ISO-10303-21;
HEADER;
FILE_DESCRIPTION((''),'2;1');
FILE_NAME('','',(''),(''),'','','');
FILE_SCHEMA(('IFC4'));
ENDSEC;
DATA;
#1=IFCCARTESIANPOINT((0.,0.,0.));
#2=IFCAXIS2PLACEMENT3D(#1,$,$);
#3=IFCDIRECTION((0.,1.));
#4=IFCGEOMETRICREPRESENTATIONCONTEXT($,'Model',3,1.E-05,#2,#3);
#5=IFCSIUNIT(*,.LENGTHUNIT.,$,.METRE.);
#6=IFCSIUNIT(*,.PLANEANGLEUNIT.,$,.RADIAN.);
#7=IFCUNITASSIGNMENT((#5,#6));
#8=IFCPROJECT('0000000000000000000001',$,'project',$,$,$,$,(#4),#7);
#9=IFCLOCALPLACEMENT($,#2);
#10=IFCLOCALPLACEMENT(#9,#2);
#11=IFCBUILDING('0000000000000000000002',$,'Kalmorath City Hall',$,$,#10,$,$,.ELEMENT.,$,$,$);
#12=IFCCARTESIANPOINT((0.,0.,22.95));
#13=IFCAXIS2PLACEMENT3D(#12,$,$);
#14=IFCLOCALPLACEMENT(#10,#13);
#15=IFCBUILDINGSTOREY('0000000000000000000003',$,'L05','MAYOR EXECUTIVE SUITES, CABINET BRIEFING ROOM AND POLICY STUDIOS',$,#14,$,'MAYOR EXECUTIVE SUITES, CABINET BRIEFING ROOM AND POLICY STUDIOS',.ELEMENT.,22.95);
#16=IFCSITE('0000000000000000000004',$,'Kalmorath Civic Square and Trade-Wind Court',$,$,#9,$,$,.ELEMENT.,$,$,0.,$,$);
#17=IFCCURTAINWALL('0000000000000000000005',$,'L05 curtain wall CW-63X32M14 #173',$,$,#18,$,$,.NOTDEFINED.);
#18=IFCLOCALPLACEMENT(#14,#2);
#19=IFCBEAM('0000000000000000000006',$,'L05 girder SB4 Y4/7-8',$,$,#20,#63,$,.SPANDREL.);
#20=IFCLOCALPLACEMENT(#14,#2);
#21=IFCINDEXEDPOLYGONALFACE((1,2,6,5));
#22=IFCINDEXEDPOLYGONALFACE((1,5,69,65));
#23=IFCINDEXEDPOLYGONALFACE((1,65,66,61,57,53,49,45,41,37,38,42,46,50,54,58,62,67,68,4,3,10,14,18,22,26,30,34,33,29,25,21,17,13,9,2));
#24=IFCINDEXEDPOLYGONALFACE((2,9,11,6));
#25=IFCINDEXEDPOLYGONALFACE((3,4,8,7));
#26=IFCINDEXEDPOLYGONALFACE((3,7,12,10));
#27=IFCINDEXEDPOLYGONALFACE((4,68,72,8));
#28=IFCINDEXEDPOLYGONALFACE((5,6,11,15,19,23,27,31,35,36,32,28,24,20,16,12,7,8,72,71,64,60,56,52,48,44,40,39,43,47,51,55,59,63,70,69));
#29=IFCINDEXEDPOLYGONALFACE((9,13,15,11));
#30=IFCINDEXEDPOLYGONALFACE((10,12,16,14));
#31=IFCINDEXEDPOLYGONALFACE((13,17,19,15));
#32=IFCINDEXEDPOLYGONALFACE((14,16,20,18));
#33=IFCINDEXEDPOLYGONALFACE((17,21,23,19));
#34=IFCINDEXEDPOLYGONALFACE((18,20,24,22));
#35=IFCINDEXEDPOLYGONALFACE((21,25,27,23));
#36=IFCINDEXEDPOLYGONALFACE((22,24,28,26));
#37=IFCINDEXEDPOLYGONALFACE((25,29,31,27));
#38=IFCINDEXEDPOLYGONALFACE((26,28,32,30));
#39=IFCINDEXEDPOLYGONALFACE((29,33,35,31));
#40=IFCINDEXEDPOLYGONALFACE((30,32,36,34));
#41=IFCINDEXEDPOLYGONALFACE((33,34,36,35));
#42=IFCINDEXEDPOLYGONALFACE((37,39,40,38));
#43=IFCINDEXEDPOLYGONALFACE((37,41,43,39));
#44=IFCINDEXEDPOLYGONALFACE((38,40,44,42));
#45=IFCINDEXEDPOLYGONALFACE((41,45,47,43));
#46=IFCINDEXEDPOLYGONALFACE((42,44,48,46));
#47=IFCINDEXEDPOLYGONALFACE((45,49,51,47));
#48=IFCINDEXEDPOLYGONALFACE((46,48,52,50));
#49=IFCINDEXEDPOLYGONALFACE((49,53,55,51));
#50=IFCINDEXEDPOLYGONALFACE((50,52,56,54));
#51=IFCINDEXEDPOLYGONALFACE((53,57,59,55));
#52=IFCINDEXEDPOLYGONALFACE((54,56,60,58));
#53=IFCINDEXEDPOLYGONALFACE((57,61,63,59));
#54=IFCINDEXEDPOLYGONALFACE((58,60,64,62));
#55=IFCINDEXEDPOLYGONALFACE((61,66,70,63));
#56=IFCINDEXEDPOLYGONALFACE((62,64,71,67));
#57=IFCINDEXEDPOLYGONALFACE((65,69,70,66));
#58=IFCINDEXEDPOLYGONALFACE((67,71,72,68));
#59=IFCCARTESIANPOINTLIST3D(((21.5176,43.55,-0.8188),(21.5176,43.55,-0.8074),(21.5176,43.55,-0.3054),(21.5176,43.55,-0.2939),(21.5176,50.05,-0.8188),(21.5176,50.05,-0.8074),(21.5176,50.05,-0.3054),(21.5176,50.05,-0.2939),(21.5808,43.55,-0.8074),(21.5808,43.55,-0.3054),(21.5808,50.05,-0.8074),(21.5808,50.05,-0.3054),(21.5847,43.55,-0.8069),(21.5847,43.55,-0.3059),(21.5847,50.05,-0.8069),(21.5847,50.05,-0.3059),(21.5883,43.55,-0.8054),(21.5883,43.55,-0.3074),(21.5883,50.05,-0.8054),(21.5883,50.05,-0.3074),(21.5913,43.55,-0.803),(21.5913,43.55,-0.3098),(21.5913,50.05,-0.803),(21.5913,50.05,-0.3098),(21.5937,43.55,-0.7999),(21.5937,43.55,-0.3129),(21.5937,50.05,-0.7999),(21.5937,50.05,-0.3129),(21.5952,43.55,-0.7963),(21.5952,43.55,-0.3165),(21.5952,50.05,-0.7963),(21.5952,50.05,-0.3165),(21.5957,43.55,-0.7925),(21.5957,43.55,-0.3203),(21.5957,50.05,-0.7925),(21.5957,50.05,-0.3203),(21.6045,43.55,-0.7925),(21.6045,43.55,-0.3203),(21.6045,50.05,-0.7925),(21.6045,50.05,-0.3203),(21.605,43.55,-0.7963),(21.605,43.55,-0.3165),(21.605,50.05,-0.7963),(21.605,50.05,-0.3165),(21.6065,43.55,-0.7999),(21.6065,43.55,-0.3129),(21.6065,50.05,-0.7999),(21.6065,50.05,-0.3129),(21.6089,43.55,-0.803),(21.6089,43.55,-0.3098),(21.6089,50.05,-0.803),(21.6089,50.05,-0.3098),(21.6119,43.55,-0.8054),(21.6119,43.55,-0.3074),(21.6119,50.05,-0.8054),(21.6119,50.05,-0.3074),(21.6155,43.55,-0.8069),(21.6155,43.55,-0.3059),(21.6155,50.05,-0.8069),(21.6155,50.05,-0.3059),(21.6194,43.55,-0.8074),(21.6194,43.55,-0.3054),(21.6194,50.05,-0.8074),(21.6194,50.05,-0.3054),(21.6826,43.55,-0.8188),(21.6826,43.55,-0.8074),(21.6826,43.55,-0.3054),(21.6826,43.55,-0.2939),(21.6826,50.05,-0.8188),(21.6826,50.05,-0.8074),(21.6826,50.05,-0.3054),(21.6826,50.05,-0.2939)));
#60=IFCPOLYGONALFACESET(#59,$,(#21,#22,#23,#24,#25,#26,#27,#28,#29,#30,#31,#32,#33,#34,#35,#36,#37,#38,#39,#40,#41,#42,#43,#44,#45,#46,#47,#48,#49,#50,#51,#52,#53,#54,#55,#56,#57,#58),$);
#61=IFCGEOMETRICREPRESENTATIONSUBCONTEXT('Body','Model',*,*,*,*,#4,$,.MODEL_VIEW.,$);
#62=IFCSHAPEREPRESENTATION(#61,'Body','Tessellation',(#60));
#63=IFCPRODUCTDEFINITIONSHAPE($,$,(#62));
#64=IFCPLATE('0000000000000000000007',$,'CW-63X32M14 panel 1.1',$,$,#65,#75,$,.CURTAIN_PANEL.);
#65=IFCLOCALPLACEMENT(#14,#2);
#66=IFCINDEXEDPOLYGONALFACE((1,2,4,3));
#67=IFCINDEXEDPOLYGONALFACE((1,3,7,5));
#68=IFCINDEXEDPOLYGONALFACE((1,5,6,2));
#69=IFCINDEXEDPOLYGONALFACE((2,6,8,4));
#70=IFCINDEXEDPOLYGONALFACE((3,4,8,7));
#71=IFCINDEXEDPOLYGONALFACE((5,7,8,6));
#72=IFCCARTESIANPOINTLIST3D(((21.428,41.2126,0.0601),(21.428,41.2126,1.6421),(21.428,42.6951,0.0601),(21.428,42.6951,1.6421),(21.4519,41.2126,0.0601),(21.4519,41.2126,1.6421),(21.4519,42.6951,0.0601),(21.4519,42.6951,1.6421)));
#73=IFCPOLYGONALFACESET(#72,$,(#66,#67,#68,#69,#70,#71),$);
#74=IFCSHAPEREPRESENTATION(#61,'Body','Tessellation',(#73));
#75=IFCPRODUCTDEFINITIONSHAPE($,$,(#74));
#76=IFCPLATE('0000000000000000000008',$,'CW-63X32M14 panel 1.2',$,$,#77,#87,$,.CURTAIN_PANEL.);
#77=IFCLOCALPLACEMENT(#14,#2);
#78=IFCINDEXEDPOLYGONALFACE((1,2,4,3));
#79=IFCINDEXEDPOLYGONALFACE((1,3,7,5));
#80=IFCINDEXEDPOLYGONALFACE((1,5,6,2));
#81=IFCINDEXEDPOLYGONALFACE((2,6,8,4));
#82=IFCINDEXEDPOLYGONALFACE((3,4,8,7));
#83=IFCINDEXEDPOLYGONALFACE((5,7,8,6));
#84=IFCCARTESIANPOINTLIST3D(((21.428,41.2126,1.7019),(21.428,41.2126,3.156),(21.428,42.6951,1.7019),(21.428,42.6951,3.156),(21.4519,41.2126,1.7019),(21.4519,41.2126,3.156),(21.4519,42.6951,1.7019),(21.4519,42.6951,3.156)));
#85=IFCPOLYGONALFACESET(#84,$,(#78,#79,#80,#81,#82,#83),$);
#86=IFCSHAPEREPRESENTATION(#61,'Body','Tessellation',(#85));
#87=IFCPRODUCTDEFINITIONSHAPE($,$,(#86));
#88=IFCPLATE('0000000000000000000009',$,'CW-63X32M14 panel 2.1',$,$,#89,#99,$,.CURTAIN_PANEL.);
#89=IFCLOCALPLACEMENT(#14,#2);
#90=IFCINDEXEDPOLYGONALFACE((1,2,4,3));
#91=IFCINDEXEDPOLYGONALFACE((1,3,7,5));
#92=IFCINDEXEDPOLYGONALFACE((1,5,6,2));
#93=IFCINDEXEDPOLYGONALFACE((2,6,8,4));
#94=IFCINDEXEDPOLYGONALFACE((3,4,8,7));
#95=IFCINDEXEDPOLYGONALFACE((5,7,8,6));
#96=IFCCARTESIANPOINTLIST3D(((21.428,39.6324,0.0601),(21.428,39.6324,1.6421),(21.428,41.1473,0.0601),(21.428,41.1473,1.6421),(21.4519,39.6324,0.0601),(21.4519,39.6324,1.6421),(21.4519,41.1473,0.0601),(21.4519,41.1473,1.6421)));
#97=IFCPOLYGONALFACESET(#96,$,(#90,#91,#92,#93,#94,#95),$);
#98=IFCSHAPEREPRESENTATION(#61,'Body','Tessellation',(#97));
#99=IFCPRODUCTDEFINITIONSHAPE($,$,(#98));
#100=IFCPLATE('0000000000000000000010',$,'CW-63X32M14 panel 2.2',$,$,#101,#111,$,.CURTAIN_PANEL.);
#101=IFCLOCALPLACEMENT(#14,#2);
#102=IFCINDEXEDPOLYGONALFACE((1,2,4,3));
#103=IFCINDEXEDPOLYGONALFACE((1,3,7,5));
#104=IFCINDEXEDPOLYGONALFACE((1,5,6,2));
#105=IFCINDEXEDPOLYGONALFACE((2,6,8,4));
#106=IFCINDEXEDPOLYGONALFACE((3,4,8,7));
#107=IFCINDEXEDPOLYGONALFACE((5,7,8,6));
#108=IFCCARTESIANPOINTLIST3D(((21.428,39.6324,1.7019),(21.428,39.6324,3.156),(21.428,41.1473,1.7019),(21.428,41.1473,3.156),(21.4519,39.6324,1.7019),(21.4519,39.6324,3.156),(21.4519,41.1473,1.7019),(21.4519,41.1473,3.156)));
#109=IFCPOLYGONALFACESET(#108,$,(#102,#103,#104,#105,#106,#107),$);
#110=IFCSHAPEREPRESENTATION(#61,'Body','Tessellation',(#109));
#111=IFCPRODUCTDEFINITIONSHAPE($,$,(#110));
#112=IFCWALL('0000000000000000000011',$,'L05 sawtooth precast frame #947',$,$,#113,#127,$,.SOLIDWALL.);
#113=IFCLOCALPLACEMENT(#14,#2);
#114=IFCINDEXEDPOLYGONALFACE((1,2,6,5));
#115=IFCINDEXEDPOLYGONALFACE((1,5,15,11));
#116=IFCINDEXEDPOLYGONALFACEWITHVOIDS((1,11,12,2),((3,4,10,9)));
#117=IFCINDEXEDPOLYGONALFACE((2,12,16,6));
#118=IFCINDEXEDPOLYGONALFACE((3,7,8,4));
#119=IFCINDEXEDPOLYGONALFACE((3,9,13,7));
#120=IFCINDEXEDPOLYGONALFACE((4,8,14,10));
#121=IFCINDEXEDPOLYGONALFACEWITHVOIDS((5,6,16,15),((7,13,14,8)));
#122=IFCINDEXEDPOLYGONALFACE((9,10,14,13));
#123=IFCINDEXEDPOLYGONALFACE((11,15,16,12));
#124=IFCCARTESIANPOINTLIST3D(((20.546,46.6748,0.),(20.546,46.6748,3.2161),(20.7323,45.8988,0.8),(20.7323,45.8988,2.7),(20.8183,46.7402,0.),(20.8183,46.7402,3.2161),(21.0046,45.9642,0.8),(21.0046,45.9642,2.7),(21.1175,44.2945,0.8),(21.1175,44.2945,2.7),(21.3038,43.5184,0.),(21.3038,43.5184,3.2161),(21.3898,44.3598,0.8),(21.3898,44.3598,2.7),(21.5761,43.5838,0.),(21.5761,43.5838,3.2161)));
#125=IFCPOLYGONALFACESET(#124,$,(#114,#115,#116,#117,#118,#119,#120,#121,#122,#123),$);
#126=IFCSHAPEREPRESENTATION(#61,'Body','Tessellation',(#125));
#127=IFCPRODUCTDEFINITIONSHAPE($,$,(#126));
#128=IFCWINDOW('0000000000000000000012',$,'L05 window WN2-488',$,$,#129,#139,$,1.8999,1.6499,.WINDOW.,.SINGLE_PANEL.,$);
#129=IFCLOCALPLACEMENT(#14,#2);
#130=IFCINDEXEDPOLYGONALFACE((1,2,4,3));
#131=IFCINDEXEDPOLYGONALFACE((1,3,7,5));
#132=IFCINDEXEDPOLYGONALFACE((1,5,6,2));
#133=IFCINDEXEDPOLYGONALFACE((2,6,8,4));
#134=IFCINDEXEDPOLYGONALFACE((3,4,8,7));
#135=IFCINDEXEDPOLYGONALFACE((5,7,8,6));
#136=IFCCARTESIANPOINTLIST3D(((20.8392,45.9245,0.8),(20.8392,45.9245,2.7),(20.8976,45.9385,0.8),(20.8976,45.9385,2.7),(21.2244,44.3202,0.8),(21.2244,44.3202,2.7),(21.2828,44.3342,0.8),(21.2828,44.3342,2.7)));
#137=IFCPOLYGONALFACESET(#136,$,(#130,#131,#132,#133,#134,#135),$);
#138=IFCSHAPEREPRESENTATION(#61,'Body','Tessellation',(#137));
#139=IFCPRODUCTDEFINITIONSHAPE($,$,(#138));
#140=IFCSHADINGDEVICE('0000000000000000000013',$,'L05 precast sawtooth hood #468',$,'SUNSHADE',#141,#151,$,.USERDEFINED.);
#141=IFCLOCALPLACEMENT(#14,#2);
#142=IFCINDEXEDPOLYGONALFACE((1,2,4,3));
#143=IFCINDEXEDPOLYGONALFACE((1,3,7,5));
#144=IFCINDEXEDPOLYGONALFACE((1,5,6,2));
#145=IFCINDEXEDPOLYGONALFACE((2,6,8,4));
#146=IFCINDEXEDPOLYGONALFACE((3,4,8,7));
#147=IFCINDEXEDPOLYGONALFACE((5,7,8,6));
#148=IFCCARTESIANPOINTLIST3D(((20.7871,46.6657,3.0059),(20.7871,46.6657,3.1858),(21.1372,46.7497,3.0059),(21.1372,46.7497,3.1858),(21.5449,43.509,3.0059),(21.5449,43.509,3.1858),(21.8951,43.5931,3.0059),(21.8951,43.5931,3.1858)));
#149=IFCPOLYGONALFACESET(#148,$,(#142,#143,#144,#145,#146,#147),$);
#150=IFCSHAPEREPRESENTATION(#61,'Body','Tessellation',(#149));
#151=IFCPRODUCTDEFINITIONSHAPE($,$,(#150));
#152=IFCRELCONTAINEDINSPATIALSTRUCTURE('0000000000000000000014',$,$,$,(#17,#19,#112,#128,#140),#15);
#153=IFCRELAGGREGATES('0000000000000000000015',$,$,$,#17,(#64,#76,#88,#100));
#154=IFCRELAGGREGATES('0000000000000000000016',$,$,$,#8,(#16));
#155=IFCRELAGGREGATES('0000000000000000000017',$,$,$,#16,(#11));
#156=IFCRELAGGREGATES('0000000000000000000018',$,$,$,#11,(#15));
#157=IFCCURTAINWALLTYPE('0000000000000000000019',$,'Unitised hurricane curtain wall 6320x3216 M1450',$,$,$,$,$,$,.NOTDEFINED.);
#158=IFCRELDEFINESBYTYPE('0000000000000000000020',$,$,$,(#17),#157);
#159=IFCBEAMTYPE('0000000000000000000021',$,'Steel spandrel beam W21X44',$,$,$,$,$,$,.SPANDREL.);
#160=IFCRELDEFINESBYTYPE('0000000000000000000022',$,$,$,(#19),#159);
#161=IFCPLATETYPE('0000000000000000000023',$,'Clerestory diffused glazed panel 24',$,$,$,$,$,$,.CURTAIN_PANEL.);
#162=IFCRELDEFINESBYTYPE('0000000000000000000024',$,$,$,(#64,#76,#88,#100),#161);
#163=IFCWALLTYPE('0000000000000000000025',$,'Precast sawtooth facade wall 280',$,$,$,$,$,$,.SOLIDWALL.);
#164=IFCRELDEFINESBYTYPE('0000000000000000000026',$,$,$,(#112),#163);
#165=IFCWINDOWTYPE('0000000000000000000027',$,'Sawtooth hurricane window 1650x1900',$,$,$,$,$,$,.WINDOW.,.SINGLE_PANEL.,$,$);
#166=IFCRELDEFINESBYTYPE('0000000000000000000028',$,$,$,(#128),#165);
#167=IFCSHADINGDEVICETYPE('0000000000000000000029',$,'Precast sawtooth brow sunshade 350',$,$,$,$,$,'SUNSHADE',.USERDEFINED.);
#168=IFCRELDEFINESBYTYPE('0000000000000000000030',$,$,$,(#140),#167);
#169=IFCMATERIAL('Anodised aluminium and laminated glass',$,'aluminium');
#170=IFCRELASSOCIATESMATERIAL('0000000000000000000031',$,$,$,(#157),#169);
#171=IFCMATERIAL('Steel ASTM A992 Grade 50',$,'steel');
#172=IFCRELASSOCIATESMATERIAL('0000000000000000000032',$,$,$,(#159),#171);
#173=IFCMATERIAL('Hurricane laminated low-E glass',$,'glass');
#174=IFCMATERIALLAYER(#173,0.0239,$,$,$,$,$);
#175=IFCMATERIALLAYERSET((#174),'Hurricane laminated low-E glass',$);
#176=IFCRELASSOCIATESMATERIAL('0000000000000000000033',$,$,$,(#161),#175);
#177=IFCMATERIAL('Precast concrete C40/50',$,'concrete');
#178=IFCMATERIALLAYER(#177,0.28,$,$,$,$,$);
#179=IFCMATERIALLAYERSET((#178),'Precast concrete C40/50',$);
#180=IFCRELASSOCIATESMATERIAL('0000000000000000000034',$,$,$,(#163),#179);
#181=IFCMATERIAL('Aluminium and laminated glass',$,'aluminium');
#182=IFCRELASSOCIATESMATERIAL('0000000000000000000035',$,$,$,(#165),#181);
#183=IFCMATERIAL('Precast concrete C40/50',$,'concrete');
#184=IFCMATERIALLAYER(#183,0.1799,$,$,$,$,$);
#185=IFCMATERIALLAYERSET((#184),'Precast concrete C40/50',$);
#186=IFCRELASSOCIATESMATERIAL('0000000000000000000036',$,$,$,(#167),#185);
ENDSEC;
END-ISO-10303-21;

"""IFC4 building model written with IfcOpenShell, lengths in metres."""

from ifc_helpers import new_model, si_unit, direction, frame, frame_2d, origin, origin_2d, place, context, subcontext, project, spatial, rectangle, i_section, extrude, material, layer, layer_set, material_profile, profile_set, type_object, element, fill, aggregate, save


model = new_model("IFC4")

# Units and contexts
model_context = context("Model", 3, precision=1e-05, world=origin(), true_north=direction((0.0, 1.0)))
body_context = subcontext(model_context, "Body", "Model", "MODEL_VIEW")
ifc_project = project(units=[si_unit("LENGTHUNIT", "METRE"), si_unit("PLANEANGLEUNIT", "RADIAN")], contexts=[model_context])

# Site, building, storey
site_placement = place(None, origin())
site = spatial("IfcSite", under=ifc_project, at=site_placement, Name="Kalmorath Civic Square and Trade-Wind Court", CompositionType="ELEMENT", RefElevation=0.0)
building_placement = place(site_placement, origin())
building = spatial("IfcBuilding", under=site, at=building_placement, Name="Kalmorath City Hall", CompositionType="ELEMENT")
storey_placement = place(building_placement, frame((0.0, 0.0, 22.95)))
storey = spatial("IfcBuildingStorey", under=building, at=storey_placement, Name="L05", Description="MAYOR EXECUTIVE SUITES, CABINET BRIEFING ROOM AND POLICY STUDIOS", LongName="MAYOR EXECUTIVE SUITES, CABINET BRIEFING ROOM AND POLICY STUDIOS", CompositionType="ELEMENT", Elevation=22.95)

# Curtain wall
ifc_material_1 = material(Name="Anodised aluminium and laminated glass", Category="aluminium")
curtain_wall_type = type_object("IfcCurtainWallType", Name="Unitised hurricane curtain wall 6320x3216 M1450", PredefinedType="NOTDEFINED", material=ifc_material_1)
curtain_wall_placement = place(storey_placement, origin())
curtain_wall = element("IfcCurtainWall", 1, at=curtain_wall_placement, inside=storey, type_object=curtain_wall_type, Name="L05 curtain wall CW-63X32M14 #173", PredefinedType="NOTDEFINED")

# Beam
ifc_material_2 = material(Name="Steel ASTM A992 Grade 50", Category="steel")
ifc_material_profile_1 = material_profile(ifc_material_2, i_section(OverallWidth=0.165, OverallDepth=0.5249, WebThickness=0.0088, FlangeThickness=0.0115, FilletRadius=0.0149, at=origin_2d()), Name="W21X44")
ifc_profile_set_1 = profile_set([ifc_material_profile_1], Name="Steel ASTM A992 Grade 50")
beam_type_1 = type_object("IfcBeamType", Name="Steel spandrel beam W21X44", PredefinedType="SPANDREL", material=ifc_profile_set_1)
beam_1_placement = place(storey_placement, frame((21.6001, 43.55, -0.5564), z_axis=(0.0, 1.0, 0.0), x_axis=(-1.0, 0.0, 0.0)))
element("IfcBeam", 2, at=beam_1_placement, inside=storey, type_object=beam_type_1, Name="L05 girder SB4 Y4/7-8", PredefinedType="SPANDREL", context=body_context, shape_type="SweptSolid", body=[
    extrude(i_section(OverallWidth=0.165, OverallDepth=0.5249, WebThickness=0.0088, FlangeThickness=0.0115, FilletRadius=0.0149, at=origin_2d()), origin(), (0.0, 0.0, 1.0), 6.5),
])

# Plates
ifc_material_3 = material(Name="Hurricane laminated low-E glass", Category="glass")
ifc_layer_1 = layer(ifc_material_3, 0.0239)
ifc_layer_set_1 = layer_set([ifc_layer_1], Name="Hurricane laminated low-E glass")
plate_type = type_object("IfcPlateType", Name="Clerestory diffused glazed panel 24", PredefinedType="CURTAIN_PANEL", material=ifc_layer_set_1)
plate_1_placement = place(storey_placement, frame((21.4399, 41.9539, 0.0601), z_axis=(0.0, 0.0, 1.0), x_axis=(0.0, -1.0, 0.0)))
plate_1 = element("IfcPlate", 3, at=plate_1_placement, type_object=plate_type, Name="CW-63X32M14 panel 1.1", PredefinedType="CURTAIN_PANEL", context=body_context, shape_type="SweptSolid", body=[
    extrude(rectangle(XDim=1.4824, YDim=0.0239, at=origin_2d()), origin(), (0.0, 0.0, 1.0), 1.582),
])
plate_2_placement = place(storey_placement, frame((21.4399, 41.9539, 1.7019), z_axis=(0.0, 0.0, 1.0), x_axis=(0.0, -1.0, 0.0)))
plate_2 = element("IfcPlate", 4, at=plate_2_placement, type_object=plate_type, Name="CW-63X32M14 panel 1.2", PredefinedType="CURTAIN_PANEL", context=body_context, shape_type="SweptSolid", body=[
    extrude(rectangle(XDim=1.4824, YDim=0.0239, at=origin_2d()), origin(), (0.0, 0.0, 1.0), 1.4541),
])
plate_3_placement = place(storey_placement, frame((21.4399, 40.3899, 0.0601), z_axis=(0.0, 0.0, 1.0), x_axis=(0.0, -1.0, 0.0)))
plate_3 = element("IfcPlate", 5, at=plate_3_placement, type_object=plate_type, Name="CW-63X32M14 panel 2.1", PredefinedType="CURTAIN_PANEL", context=body_context, shape_type="SweptSolid", body=[
    extrude(rectangle(XDim=1.5149, YDim=0.0239, at=origin_2d()), origin(), (0.0, 0.0, 1.0), 1.582),
])
plate_4_placement = place(storey_placement, frame((21.4399, 40.3899, 1.7019), z_axis=(0.0, 0.0, 1.0), x_axis=(0.0, -1.0, 0.0)))
plate_4 = element("IfcPlate", 6, at=plate_4_placement, type_object=plate_type, Name="CW-63X32M14 panel 2.2", PredefinedType="CURTAIN_PANEL", context=body_context, shape_type="SweptSolid", body=[
    extrude(rectangle(XDim=1.5149, YDim=0.0239, at=origin_2d()), origin(), (0.0, 0.0, 1.0), 1.4541),
])
aggregate(curtain_wall, [plate_1, plate_2, plate_3, plate_4])

# Wall, opening, window
ifc_material_4 = material(Name="Precast concrete C40/50", Category="concrete")
ifc_layer_2 = layer(ifc_material_4, 0.28)
ifc_layer_set_2 = layer_set([ifc_layer_2], Name="Precast concrete C40/50")
wall_type = type_object("IfcWallType", Name="Precast sawtooth facade wall 280", PredefinedType="SOLIDWALL", material=ifc_layer_set_2)
wall_placement = place(storey_placement, frame((20.6821, 46.7075, 0.0), z_axis=(0.0, 0.0, 1.0), x_axis=(0.233447, -0.97237, 0.0)))
wall = element("IfcWall", 7, at=wall_placement, inside=storey, type_object=wall_type, Name="L05 sawtooth precast frame #947", PredefinedType="SOLIDWALL", context=body_context, shape_type="SweptSolid", body=[
    extrude(rectangle(XDim=3.2461, YDim=0.28, at=frame_2d((1.623, 0.0))), origin(), (0.0, 0.0, 1.0), 3.2161),
])
opening_placement = place(wall_placement, frame((0.7981, 0.0, 0.8)))
opening = element("IfcOpeningElement", 8, at=opening_placement, cuts=wall, PredefinedType="OPENING", context=body_context, shape_type="SweptSolid", body=[
    extrude(rectangle(XDim=1.6499, YDim=1.8999, at=frame_2d((0.825, 0.95))), frame((0.0, 0.1499, 0.0), z_axis=(0.0, -1.0, 0.0), x_axis=(1.0, 0.0, 0.0)), (0.0, 0.0, 1.0), 0.3),
])
ifc_material_5 = material(Name="Aluminium and laminated glass", Category="aluminium")
window_type = type_object("IfcWindowType", Name="Sawtooth hurricane window 1650x1900", PartitioningType="SINGLE_PANEL", PredefinedType="WINDOW", material=ifc_material_5)
window_placement = place(opening_placement, origin())
window = element("IfcWindow", 9, at=window_placement, inside=storey, type_object=window_type, Name="L05 window WN2-488", OverallHeight=1.8999, OverallWidth=1.6499, PartitioningType="SINGLE_PANEL", PredefinedType="WINDOW", context=body_context, shape_type="SweptSolid", body=[
    extrude(rectangle(XDim=1.6499, YDim=1.8999, at=frame_2d((0.825, 0.95))), frame((0.0, 0.03, 0.0), z_axis=(0.0, -1.0, 0.0), x_axis=(1.0, 0.0, 0.0)), (0.0, 0.0, 1.0), 0.0601),
])
fill(opening, window)

# Shading device
ifc_material_6 = material(Name="Precast concrete C40/50", Category="concrete")
ifc_layer_3 = layer(ifc_material_6, 0.1799)
ifc_layer_set_3 = layer_set([ifc_layer_3], Name="Precast concrete C40/50")
shading_device_type = type_object("IfcShadingDeviceType", Name="Precast sawtooth brow sunshade 350", ElementType="SUNSHADE", PredefinedType="USERDEFINED", material=ifc_layer_set_3)
shading_device_placement = place(storey_placement, frame((21.3411, 45.1294, 3.0059), z_axis=(0.0, 0.0, 1.0), x_axis=(0.233445, -0.97237, 0.0)))
element("IfcShadingDevice", 10, at=shading_device_placement, inside=storey, type_object=shading_device_type, Name="L05 precast sawtooth hood #468", ObjectType="SUNSHADE", PredefinedType="USERDEFINED", context=body_context, shape_type="SweptSolid", body=[
    extrude(rectangle(XDim=3.2463, YDim=0.3601, at=origin_2d()), origin(), (0.0, 0.0, 1.0), 0.1799),
])

save(model, "model.ifc")
